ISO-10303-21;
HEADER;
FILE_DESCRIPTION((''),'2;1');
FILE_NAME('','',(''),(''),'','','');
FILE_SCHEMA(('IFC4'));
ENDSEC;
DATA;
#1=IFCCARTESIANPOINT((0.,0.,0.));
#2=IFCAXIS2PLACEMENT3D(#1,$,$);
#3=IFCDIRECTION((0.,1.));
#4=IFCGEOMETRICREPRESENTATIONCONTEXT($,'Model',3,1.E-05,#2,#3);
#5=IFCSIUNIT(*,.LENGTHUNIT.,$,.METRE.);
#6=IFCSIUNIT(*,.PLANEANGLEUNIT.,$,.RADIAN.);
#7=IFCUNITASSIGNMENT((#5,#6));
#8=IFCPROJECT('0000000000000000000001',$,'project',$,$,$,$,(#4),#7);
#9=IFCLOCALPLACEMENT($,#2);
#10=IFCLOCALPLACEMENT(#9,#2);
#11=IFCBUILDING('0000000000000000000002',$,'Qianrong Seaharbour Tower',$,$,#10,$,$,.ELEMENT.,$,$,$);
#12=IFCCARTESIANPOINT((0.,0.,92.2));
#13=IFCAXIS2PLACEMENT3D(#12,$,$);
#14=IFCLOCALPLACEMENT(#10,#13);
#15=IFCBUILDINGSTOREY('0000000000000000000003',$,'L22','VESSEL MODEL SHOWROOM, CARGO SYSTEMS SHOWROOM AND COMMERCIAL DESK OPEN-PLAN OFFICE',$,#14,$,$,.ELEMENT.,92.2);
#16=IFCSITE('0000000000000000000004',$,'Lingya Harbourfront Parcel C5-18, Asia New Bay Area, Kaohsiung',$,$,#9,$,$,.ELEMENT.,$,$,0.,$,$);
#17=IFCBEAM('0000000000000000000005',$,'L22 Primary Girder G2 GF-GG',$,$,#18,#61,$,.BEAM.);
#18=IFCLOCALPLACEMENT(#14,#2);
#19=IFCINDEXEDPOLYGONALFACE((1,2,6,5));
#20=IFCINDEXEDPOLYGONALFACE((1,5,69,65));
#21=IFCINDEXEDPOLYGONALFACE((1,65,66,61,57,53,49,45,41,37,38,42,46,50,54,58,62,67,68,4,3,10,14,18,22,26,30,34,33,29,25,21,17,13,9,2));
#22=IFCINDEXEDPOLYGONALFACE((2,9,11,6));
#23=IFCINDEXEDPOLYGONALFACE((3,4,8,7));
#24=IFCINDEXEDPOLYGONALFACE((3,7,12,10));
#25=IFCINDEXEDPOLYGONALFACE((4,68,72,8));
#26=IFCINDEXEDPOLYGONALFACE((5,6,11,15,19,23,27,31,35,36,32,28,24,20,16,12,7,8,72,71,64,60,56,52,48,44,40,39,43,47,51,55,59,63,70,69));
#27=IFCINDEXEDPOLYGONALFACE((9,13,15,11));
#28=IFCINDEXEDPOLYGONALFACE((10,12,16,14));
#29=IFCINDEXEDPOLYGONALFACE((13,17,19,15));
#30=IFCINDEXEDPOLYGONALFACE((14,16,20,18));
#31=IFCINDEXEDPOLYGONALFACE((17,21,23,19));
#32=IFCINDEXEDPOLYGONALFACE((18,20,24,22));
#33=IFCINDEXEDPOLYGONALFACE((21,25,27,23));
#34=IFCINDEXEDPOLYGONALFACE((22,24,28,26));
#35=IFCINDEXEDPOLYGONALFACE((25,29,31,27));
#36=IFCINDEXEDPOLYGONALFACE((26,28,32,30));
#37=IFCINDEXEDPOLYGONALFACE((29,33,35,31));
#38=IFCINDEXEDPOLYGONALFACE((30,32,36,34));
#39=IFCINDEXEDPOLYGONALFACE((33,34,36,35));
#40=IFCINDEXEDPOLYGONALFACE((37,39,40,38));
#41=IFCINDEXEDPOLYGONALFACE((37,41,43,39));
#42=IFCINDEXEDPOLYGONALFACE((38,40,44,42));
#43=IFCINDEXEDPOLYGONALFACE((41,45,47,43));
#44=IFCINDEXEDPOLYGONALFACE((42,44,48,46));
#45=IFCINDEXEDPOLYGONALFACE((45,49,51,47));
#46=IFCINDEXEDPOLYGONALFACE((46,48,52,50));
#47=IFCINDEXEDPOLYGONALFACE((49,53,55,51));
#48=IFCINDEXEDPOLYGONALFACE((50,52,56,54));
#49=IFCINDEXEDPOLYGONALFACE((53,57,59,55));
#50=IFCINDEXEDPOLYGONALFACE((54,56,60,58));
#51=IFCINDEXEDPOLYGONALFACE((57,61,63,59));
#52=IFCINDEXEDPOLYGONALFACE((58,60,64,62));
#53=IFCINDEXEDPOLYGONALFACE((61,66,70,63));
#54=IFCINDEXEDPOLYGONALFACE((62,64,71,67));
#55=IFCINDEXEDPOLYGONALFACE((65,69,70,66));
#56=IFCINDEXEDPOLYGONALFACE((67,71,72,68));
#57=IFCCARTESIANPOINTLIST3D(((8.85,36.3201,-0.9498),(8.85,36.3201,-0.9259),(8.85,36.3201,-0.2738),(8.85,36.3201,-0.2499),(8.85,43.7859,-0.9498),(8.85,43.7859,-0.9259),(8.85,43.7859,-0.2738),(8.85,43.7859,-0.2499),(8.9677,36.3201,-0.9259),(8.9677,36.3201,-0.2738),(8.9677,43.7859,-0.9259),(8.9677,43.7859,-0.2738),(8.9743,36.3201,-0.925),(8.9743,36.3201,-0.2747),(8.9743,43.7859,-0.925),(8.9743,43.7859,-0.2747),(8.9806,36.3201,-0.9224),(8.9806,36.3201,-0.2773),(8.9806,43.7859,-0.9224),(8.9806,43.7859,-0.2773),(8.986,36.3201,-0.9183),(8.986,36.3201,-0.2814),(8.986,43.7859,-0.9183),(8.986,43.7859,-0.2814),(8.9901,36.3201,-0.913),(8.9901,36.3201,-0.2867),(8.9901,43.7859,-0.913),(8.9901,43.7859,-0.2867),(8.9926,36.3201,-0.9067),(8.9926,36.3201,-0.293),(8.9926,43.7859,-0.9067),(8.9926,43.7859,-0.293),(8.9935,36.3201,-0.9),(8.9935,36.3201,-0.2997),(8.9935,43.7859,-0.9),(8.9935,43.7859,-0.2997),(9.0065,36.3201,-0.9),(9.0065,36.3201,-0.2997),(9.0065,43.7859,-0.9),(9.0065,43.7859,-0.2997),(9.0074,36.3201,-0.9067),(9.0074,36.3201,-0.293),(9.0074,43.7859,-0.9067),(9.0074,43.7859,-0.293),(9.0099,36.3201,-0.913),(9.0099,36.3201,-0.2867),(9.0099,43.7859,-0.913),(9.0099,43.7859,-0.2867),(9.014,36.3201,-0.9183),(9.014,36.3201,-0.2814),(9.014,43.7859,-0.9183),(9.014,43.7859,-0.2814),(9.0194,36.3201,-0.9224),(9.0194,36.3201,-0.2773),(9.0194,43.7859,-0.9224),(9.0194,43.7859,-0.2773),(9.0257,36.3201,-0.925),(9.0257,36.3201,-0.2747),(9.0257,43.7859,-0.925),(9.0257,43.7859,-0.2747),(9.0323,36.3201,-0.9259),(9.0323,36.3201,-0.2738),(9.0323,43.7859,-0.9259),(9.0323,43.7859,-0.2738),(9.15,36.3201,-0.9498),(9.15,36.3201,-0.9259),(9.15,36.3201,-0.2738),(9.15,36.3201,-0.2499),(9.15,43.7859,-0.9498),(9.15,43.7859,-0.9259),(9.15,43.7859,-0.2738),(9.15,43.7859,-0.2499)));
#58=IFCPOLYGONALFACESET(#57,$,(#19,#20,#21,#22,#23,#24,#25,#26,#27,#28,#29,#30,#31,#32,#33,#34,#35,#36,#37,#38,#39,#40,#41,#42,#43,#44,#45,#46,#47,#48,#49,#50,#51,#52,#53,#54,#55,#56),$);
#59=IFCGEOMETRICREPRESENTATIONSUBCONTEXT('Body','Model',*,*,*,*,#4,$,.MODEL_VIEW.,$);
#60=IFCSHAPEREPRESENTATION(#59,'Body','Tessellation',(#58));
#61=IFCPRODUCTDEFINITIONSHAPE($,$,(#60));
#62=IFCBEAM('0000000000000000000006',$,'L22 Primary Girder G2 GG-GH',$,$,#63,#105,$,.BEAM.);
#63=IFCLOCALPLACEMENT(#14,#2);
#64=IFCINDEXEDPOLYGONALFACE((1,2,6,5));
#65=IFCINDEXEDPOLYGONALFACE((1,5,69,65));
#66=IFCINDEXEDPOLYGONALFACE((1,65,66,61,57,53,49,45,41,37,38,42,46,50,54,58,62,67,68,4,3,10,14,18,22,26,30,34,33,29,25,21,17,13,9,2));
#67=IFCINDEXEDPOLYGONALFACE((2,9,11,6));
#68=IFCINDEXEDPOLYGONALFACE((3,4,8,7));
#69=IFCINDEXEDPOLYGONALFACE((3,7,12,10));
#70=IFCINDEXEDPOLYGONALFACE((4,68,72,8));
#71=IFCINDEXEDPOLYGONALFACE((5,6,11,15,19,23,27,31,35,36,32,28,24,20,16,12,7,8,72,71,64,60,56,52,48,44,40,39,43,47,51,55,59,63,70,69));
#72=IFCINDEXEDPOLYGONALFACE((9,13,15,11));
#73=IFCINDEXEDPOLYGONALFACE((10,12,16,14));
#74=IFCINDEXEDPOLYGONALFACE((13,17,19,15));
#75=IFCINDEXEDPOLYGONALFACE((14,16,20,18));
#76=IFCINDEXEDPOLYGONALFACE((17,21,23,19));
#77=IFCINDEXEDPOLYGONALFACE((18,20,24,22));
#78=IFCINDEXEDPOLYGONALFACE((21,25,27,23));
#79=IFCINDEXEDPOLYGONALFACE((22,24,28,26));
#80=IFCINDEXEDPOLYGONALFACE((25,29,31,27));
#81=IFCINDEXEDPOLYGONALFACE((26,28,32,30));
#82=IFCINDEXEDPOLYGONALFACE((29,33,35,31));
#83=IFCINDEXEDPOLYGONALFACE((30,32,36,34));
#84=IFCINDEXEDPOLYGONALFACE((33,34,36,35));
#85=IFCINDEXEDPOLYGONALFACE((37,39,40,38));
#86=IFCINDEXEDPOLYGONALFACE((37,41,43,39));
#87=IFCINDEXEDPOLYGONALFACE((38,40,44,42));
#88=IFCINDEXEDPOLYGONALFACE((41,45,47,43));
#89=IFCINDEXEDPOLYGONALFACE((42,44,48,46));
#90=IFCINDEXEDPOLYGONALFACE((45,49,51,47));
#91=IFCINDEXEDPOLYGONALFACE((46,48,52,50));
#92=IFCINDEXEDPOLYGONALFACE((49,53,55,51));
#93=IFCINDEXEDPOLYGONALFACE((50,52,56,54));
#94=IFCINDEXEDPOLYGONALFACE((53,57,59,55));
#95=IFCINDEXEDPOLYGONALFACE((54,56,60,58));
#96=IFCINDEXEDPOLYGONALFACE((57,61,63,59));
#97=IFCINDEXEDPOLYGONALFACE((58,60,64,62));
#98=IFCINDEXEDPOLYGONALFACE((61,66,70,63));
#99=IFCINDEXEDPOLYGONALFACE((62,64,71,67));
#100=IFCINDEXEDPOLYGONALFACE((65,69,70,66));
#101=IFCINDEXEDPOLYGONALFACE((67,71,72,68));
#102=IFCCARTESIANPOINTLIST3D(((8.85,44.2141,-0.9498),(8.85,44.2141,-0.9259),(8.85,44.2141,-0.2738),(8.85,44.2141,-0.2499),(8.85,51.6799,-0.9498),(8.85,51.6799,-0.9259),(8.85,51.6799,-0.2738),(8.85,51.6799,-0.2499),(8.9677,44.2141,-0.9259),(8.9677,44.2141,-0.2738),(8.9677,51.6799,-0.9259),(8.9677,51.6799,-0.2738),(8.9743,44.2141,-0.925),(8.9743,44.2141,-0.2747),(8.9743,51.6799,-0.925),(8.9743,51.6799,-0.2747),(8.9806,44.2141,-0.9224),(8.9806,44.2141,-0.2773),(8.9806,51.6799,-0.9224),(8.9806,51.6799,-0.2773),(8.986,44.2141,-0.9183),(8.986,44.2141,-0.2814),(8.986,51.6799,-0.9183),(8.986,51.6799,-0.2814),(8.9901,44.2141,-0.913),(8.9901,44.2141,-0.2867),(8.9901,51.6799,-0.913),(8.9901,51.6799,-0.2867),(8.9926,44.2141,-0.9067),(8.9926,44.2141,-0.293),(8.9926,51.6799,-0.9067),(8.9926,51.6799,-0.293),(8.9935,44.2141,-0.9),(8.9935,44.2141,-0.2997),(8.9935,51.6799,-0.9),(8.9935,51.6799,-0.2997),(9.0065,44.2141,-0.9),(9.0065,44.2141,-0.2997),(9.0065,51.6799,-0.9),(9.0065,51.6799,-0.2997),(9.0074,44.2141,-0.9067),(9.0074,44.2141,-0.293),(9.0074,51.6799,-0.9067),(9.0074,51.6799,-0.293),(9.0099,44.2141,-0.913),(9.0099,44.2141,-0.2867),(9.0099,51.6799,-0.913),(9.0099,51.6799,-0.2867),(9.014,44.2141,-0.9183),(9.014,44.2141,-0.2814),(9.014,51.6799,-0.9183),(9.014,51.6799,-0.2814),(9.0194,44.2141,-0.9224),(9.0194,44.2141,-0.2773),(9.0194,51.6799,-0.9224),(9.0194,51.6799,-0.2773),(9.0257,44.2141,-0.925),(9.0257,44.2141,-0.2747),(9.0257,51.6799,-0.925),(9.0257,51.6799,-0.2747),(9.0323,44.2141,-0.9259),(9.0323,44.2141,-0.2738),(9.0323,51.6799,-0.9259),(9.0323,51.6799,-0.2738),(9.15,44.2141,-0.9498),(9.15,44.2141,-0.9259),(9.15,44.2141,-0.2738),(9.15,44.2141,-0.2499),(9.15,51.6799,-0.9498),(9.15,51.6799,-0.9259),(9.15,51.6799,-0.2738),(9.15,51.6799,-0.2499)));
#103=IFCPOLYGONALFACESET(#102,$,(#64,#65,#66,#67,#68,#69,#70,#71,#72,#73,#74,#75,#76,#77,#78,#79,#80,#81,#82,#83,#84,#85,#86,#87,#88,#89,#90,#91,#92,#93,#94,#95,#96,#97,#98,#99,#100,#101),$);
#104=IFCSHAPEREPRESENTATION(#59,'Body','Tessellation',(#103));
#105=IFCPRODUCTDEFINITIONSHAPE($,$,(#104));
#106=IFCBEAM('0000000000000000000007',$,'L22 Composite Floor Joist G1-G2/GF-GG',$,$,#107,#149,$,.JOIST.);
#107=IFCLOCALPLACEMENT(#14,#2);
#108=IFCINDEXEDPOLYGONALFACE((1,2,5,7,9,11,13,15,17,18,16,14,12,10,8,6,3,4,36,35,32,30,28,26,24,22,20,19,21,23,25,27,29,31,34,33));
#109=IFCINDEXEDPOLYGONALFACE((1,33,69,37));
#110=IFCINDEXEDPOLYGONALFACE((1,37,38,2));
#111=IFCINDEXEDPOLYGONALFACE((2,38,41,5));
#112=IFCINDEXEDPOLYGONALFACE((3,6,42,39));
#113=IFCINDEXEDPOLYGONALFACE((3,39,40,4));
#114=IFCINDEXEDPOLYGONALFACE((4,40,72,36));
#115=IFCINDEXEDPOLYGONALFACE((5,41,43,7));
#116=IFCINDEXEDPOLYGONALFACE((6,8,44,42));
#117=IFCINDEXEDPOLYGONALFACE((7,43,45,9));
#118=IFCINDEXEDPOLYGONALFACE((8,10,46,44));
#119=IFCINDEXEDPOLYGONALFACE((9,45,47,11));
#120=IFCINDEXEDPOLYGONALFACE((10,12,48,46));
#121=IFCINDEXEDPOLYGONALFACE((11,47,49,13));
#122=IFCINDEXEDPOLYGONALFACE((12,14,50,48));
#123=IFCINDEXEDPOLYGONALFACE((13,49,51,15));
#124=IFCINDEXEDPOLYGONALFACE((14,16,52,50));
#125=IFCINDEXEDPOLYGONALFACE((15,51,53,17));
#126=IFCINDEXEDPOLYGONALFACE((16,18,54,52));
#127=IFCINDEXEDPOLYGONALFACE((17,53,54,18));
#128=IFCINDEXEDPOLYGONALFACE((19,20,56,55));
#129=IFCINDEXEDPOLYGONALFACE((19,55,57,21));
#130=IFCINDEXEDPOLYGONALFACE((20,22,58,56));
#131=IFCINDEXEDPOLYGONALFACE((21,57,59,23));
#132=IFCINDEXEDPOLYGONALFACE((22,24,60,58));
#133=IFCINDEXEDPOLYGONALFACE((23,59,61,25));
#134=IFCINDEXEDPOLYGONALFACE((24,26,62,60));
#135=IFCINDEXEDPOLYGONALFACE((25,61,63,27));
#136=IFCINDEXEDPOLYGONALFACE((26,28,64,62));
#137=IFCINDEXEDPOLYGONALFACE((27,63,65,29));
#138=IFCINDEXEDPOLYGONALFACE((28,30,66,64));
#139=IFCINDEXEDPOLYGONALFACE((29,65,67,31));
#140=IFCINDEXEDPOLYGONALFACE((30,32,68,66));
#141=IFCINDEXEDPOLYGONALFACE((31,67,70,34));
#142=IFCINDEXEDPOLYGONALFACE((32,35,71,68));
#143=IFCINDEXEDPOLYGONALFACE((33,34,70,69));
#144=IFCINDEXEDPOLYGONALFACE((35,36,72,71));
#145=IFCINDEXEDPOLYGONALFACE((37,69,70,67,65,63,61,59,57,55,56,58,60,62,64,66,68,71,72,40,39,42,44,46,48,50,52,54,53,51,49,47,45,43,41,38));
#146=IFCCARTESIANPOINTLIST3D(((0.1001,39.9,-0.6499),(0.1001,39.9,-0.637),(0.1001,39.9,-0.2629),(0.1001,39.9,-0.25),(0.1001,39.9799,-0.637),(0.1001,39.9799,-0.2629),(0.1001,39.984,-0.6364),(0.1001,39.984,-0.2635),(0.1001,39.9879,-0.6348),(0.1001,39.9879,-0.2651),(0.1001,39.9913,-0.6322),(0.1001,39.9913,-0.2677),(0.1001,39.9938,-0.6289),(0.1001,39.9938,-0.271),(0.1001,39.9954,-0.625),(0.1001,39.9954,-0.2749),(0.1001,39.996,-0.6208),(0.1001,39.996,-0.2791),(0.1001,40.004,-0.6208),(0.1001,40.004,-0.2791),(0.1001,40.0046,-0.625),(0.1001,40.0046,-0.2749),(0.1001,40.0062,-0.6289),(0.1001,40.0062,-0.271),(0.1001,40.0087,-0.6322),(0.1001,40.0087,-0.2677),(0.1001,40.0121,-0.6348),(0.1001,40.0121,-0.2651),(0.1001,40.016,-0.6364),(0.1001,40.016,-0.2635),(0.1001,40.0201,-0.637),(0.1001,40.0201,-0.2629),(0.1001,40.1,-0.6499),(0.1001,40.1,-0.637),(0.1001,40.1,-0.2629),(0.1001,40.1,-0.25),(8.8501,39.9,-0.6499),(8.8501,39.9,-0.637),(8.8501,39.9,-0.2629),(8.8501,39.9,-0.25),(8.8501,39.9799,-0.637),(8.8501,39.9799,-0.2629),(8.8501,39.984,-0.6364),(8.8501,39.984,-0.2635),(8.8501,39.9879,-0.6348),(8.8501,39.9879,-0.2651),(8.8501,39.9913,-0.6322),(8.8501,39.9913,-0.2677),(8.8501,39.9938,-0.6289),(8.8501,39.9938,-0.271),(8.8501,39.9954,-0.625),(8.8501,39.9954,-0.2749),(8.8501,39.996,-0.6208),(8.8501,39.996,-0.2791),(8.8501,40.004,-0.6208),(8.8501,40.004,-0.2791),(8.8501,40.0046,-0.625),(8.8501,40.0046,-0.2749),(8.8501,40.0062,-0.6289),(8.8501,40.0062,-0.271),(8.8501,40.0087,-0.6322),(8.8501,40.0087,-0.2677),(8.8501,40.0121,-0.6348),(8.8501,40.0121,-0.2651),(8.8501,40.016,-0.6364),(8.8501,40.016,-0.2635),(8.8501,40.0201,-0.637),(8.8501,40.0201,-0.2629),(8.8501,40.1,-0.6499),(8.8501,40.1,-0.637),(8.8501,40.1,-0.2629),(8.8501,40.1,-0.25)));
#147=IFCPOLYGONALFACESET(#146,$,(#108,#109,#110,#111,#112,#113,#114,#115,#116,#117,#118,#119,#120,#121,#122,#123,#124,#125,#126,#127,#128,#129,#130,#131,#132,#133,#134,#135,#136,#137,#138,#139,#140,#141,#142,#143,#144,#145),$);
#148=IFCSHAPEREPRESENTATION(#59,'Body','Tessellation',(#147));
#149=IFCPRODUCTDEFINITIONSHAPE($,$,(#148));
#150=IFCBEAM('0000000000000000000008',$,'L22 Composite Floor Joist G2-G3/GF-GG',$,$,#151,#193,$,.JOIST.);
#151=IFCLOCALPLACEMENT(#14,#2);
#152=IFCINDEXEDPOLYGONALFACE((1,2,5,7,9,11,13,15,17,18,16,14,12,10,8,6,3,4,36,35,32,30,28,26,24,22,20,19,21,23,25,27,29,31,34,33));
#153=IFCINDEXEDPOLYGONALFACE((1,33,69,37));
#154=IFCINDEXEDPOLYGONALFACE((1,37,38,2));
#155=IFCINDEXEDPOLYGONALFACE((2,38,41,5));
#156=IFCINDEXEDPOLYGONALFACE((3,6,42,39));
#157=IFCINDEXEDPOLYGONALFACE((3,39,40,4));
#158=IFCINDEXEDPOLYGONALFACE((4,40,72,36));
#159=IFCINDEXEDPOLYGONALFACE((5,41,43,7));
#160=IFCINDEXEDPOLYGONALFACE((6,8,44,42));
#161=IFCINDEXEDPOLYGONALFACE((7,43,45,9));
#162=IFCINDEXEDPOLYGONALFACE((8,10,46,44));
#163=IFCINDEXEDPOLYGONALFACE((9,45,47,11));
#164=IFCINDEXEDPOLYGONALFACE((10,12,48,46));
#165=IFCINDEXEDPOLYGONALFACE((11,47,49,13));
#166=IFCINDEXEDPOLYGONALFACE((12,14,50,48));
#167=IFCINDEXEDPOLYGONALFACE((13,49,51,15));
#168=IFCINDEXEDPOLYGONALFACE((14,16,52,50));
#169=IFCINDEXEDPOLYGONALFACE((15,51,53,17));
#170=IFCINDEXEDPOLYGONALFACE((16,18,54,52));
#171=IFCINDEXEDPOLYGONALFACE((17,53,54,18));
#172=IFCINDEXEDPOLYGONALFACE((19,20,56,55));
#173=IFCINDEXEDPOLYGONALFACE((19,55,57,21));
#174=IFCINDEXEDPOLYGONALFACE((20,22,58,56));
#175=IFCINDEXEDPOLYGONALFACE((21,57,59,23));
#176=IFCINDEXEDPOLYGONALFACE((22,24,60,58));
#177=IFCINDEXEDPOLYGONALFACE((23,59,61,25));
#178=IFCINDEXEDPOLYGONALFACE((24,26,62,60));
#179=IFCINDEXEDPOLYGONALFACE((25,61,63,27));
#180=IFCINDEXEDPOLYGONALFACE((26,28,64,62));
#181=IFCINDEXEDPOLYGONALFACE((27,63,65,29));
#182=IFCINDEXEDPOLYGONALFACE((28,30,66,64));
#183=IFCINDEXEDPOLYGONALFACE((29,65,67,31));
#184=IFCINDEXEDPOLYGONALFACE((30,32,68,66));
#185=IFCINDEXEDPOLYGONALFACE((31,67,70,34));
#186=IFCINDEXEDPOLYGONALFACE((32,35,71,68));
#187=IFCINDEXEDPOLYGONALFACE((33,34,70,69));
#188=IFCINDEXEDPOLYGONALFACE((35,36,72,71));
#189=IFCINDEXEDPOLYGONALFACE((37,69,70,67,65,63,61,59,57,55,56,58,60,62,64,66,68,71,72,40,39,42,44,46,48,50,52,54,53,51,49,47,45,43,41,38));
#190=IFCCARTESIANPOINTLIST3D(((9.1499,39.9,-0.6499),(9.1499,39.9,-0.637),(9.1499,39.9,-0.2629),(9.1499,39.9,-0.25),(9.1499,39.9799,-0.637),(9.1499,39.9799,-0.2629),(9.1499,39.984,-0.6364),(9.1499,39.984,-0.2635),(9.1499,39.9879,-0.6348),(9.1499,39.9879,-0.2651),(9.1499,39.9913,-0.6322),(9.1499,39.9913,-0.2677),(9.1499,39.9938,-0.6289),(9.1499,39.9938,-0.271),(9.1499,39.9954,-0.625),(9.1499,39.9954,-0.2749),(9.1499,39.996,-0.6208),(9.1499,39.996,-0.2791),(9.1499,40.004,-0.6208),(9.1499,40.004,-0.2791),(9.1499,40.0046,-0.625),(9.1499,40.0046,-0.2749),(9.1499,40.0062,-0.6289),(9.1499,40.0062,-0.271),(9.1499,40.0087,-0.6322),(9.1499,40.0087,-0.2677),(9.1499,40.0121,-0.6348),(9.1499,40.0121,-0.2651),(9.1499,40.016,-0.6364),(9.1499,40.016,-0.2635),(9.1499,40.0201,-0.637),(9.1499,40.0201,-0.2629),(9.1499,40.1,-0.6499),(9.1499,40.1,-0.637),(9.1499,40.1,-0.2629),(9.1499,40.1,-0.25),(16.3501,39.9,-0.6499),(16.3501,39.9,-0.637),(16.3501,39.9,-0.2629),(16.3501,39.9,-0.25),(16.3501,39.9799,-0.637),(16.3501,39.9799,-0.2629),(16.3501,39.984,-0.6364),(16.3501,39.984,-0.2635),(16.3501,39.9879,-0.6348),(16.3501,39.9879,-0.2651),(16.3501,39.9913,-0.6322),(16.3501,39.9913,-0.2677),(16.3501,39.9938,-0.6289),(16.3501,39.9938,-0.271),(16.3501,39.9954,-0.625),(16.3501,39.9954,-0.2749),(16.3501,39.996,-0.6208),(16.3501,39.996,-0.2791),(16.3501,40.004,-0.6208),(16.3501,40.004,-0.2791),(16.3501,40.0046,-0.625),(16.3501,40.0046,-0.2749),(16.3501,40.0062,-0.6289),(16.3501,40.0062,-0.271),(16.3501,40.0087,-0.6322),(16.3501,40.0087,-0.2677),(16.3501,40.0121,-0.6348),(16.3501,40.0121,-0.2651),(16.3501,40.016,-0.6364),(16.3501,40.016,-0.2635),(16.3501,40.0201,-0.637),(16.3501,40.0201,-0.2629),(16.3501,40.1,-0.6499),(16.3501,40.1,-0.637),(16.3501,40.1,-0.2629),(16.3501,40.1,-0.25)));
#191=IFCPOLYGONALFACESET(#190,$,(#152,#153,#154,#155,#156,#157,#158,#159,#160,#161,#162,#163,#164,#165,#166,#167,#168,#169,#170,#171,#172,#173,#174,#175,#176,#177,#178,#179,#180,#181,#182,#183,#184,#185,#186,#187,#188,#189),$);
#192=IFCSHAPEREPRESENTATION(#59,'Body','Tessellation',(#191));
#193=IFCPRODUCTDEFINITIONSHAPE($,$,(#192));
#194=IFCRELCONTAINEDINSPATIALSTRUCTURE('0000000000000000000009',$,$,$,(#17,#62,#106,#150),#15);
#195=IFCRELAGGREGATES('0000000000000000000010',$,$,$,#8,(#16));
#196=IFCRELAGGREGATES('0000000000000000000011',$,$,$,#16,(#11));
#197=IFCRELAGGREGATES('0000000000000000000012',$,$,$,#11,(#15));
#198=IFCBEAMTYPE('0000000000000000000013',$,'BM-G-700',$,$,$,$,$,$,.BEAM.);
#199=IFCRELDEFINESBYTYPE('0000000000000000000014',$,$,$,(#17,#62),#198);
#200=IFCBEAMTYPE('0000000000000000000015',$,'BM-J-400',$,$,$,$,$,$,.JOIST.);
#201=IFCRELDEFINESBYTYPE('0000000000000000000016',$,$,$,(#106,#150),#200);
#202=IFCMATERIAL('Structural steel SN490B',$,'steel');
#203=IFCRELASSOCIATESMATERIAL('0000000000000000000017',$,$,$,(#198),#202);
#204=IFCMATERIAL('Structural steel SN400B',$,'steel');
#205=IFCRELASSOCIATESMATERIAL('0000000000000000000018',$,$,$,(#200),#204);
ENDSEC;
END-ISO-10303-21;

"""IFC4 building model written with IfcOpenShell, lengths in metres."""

from ifc_helpers import new_model, si_unit, direction, frame, origin, origin_2d, place, context, subcontext, project, spatial, i_section, extrude, material, material_profile, profile_set, type_object, element, save


model = new_model("IFC4")

# Units and contexts
model_context = context("Model", 3, precision=1e-05, world=origin(), true_north=direction((0.0, 1.0)))
body_context = subcontext(model_context, "Body", "Model", "MODEL_VIEW")
ifc_project = project(units=[si_unit("LENGTHUNIT", "METRE"), si_unit("PLANEANGLEUNIT", "RADIAN")], contexts=[model_context])

# Site, building, storey
site_placement = place(None, origin())
site = spatial("IfcSite", under=ifc_project, at=site_placement, Name="Lingya Harbourfront Parcel C5-18, Asia New Bay Area, Kaohsiung", CompositionType="ELEMENT", RefElevation=0.0)
building_placement = place(site_placement, origin())
building = spatial("IfcBuilding", under=site, at=building_placement, Name="Qianrong Seaharbour Tower", CompositionType="ELEMENT")
storey_placement = place(building_placement, frame((0.0, 0.0, 92.2)))
storey = spatial("IfcBuildingStorey", under=building, at=storey_placement, Name="L22", Description="VESSEL MODEL SHOWROOM, CARGO SYSTEMS SHOWROOM AND COMMERCIAL DESK OPEN-PLAN OFFICE", CompositionType="ELEMENT", Elevation=92.2)

# Shared definitions
ifc_material_1 = material(Name="Structural steel SN490B", Category="steel")

# Beams
ifc_material_profile_1 = material_profile(ifc_material_1, i_section(OverallWidth=0.3, OverallDepth=0.7, WebThickness=0.0129, FlangeThickness=0.0239, FilletRadius=0.0259, at=origin_2d()), Name="H700x300x13x24")
ifc_profile_set_1 = profile_set([ifc_material_profile_1], Name="Structural steel SN490B")
beam_type_1 = type_object("IfcBeamType", Name="BM-G-700", PredefinedType="BEAM", material=ifc_profile_set_1)
for number, where, z_axis, x_axis, name in (
    (1, (9.0, 36.3201, -0.5999), (0.0, 1.0, 0.0), (-1.0, 0.0, 0.0), "L22 Primary Girder G2 GF-GG"),
    (2, (9.0, 44.2141, -0.5999), (0.0, 1.0, 0.0), (-1.0, 0.0, 0.0), "L22 Primary Girder G2 GG-GH"),
):
    element("IfcBeam", number, at=place(storey_placement, frame(where, z_axis=z_axis, x_axis=x_axis)), inside=storey, type_object=beam_type_1, Name=name, PredefinedType="BEAM", context=body_context, shape_type="SweptSolid", body=[
        extrude(i_section(OverallWidth=0.3, OverallDepth=0.7, WebThickness=0.0129, FlangeThickness=0.0239, FilletRadius=0.0259, at=origin_2d()), origin(), (0.0, 0.0, 1.0), 7.4658),
    ])
ifc_material_2 = material(Name="Structural steel SN400B", Category="steel")
ifc_material_profile_2 = material_profile(ifc_material_2, i_section(OverallWidth=0.2, OverallDepth=0.3999, WebThickness=0.0081, FlangeThickness=0.0129, FilletRadius=0.0161, at=origin_2d()), Name="H400x200x8x13")
ifc_profile_set_2 = profile_set([ifc_material_profile_2], Name="Structural steel SN400B")
beam_type_2 = type_object("IfcBeamType", Name="BM-J-400", PredefinedType="JOIST", material=ifc_profile_set_2)
beam_1_placement = place(storey_placement, frame((0.1001, 40.0, -0.45), z_axis=(1.0, 0.0, 0.0), x_axis=(0.0, 1.0, 0.0)))
element("IfcBeam", 3, at=beam_1_placement, inside=storey, type_object=beam_type_2, Name="L22 Composite Floor Joist G1-G2/GF-GG", PredefinedType="JOIST", context=body_context, shape_type="SweptSolid", body=[
    extrude(i_section(OverallWidth=0.2, OverallDepth=0.3999, WebThickness=0.0081, FlangeThickness=0.0129, FilletRadius=0.0161, at=origin_2d()), origin(), (0.0, 0.0, 1.0), 8.75),
])
for number, where, z_axis, x_axis, name in (
    (4, (9.1499, 40.0, -0.45), (1.0, 0.0, 0.0), (0.0, 1.0, 0.0), "L22 Composite Floor Joist G2-G3/GF-GG"),
):
    element("IfcBeam", number, at=place(storey_placement, frame(where, z_axis=z_axis, x_axis=x_axis)), inside=storey, type_object=beam_type_2, Name=name, PredefinedType="JOIST", context=body_context, shape_type="SweptSolid", body=[
        extrude(i_section(OverallWidth=0.2, OverallDepth=0.3999, WebThickness=0.0081, FlangeThickness=0.0129, FilletRadius=0.0161, at=origin_2d()), origin(), (0.0, 0.0, 1.0), 7.2002),
    ])

save(model, "model.ifc")
